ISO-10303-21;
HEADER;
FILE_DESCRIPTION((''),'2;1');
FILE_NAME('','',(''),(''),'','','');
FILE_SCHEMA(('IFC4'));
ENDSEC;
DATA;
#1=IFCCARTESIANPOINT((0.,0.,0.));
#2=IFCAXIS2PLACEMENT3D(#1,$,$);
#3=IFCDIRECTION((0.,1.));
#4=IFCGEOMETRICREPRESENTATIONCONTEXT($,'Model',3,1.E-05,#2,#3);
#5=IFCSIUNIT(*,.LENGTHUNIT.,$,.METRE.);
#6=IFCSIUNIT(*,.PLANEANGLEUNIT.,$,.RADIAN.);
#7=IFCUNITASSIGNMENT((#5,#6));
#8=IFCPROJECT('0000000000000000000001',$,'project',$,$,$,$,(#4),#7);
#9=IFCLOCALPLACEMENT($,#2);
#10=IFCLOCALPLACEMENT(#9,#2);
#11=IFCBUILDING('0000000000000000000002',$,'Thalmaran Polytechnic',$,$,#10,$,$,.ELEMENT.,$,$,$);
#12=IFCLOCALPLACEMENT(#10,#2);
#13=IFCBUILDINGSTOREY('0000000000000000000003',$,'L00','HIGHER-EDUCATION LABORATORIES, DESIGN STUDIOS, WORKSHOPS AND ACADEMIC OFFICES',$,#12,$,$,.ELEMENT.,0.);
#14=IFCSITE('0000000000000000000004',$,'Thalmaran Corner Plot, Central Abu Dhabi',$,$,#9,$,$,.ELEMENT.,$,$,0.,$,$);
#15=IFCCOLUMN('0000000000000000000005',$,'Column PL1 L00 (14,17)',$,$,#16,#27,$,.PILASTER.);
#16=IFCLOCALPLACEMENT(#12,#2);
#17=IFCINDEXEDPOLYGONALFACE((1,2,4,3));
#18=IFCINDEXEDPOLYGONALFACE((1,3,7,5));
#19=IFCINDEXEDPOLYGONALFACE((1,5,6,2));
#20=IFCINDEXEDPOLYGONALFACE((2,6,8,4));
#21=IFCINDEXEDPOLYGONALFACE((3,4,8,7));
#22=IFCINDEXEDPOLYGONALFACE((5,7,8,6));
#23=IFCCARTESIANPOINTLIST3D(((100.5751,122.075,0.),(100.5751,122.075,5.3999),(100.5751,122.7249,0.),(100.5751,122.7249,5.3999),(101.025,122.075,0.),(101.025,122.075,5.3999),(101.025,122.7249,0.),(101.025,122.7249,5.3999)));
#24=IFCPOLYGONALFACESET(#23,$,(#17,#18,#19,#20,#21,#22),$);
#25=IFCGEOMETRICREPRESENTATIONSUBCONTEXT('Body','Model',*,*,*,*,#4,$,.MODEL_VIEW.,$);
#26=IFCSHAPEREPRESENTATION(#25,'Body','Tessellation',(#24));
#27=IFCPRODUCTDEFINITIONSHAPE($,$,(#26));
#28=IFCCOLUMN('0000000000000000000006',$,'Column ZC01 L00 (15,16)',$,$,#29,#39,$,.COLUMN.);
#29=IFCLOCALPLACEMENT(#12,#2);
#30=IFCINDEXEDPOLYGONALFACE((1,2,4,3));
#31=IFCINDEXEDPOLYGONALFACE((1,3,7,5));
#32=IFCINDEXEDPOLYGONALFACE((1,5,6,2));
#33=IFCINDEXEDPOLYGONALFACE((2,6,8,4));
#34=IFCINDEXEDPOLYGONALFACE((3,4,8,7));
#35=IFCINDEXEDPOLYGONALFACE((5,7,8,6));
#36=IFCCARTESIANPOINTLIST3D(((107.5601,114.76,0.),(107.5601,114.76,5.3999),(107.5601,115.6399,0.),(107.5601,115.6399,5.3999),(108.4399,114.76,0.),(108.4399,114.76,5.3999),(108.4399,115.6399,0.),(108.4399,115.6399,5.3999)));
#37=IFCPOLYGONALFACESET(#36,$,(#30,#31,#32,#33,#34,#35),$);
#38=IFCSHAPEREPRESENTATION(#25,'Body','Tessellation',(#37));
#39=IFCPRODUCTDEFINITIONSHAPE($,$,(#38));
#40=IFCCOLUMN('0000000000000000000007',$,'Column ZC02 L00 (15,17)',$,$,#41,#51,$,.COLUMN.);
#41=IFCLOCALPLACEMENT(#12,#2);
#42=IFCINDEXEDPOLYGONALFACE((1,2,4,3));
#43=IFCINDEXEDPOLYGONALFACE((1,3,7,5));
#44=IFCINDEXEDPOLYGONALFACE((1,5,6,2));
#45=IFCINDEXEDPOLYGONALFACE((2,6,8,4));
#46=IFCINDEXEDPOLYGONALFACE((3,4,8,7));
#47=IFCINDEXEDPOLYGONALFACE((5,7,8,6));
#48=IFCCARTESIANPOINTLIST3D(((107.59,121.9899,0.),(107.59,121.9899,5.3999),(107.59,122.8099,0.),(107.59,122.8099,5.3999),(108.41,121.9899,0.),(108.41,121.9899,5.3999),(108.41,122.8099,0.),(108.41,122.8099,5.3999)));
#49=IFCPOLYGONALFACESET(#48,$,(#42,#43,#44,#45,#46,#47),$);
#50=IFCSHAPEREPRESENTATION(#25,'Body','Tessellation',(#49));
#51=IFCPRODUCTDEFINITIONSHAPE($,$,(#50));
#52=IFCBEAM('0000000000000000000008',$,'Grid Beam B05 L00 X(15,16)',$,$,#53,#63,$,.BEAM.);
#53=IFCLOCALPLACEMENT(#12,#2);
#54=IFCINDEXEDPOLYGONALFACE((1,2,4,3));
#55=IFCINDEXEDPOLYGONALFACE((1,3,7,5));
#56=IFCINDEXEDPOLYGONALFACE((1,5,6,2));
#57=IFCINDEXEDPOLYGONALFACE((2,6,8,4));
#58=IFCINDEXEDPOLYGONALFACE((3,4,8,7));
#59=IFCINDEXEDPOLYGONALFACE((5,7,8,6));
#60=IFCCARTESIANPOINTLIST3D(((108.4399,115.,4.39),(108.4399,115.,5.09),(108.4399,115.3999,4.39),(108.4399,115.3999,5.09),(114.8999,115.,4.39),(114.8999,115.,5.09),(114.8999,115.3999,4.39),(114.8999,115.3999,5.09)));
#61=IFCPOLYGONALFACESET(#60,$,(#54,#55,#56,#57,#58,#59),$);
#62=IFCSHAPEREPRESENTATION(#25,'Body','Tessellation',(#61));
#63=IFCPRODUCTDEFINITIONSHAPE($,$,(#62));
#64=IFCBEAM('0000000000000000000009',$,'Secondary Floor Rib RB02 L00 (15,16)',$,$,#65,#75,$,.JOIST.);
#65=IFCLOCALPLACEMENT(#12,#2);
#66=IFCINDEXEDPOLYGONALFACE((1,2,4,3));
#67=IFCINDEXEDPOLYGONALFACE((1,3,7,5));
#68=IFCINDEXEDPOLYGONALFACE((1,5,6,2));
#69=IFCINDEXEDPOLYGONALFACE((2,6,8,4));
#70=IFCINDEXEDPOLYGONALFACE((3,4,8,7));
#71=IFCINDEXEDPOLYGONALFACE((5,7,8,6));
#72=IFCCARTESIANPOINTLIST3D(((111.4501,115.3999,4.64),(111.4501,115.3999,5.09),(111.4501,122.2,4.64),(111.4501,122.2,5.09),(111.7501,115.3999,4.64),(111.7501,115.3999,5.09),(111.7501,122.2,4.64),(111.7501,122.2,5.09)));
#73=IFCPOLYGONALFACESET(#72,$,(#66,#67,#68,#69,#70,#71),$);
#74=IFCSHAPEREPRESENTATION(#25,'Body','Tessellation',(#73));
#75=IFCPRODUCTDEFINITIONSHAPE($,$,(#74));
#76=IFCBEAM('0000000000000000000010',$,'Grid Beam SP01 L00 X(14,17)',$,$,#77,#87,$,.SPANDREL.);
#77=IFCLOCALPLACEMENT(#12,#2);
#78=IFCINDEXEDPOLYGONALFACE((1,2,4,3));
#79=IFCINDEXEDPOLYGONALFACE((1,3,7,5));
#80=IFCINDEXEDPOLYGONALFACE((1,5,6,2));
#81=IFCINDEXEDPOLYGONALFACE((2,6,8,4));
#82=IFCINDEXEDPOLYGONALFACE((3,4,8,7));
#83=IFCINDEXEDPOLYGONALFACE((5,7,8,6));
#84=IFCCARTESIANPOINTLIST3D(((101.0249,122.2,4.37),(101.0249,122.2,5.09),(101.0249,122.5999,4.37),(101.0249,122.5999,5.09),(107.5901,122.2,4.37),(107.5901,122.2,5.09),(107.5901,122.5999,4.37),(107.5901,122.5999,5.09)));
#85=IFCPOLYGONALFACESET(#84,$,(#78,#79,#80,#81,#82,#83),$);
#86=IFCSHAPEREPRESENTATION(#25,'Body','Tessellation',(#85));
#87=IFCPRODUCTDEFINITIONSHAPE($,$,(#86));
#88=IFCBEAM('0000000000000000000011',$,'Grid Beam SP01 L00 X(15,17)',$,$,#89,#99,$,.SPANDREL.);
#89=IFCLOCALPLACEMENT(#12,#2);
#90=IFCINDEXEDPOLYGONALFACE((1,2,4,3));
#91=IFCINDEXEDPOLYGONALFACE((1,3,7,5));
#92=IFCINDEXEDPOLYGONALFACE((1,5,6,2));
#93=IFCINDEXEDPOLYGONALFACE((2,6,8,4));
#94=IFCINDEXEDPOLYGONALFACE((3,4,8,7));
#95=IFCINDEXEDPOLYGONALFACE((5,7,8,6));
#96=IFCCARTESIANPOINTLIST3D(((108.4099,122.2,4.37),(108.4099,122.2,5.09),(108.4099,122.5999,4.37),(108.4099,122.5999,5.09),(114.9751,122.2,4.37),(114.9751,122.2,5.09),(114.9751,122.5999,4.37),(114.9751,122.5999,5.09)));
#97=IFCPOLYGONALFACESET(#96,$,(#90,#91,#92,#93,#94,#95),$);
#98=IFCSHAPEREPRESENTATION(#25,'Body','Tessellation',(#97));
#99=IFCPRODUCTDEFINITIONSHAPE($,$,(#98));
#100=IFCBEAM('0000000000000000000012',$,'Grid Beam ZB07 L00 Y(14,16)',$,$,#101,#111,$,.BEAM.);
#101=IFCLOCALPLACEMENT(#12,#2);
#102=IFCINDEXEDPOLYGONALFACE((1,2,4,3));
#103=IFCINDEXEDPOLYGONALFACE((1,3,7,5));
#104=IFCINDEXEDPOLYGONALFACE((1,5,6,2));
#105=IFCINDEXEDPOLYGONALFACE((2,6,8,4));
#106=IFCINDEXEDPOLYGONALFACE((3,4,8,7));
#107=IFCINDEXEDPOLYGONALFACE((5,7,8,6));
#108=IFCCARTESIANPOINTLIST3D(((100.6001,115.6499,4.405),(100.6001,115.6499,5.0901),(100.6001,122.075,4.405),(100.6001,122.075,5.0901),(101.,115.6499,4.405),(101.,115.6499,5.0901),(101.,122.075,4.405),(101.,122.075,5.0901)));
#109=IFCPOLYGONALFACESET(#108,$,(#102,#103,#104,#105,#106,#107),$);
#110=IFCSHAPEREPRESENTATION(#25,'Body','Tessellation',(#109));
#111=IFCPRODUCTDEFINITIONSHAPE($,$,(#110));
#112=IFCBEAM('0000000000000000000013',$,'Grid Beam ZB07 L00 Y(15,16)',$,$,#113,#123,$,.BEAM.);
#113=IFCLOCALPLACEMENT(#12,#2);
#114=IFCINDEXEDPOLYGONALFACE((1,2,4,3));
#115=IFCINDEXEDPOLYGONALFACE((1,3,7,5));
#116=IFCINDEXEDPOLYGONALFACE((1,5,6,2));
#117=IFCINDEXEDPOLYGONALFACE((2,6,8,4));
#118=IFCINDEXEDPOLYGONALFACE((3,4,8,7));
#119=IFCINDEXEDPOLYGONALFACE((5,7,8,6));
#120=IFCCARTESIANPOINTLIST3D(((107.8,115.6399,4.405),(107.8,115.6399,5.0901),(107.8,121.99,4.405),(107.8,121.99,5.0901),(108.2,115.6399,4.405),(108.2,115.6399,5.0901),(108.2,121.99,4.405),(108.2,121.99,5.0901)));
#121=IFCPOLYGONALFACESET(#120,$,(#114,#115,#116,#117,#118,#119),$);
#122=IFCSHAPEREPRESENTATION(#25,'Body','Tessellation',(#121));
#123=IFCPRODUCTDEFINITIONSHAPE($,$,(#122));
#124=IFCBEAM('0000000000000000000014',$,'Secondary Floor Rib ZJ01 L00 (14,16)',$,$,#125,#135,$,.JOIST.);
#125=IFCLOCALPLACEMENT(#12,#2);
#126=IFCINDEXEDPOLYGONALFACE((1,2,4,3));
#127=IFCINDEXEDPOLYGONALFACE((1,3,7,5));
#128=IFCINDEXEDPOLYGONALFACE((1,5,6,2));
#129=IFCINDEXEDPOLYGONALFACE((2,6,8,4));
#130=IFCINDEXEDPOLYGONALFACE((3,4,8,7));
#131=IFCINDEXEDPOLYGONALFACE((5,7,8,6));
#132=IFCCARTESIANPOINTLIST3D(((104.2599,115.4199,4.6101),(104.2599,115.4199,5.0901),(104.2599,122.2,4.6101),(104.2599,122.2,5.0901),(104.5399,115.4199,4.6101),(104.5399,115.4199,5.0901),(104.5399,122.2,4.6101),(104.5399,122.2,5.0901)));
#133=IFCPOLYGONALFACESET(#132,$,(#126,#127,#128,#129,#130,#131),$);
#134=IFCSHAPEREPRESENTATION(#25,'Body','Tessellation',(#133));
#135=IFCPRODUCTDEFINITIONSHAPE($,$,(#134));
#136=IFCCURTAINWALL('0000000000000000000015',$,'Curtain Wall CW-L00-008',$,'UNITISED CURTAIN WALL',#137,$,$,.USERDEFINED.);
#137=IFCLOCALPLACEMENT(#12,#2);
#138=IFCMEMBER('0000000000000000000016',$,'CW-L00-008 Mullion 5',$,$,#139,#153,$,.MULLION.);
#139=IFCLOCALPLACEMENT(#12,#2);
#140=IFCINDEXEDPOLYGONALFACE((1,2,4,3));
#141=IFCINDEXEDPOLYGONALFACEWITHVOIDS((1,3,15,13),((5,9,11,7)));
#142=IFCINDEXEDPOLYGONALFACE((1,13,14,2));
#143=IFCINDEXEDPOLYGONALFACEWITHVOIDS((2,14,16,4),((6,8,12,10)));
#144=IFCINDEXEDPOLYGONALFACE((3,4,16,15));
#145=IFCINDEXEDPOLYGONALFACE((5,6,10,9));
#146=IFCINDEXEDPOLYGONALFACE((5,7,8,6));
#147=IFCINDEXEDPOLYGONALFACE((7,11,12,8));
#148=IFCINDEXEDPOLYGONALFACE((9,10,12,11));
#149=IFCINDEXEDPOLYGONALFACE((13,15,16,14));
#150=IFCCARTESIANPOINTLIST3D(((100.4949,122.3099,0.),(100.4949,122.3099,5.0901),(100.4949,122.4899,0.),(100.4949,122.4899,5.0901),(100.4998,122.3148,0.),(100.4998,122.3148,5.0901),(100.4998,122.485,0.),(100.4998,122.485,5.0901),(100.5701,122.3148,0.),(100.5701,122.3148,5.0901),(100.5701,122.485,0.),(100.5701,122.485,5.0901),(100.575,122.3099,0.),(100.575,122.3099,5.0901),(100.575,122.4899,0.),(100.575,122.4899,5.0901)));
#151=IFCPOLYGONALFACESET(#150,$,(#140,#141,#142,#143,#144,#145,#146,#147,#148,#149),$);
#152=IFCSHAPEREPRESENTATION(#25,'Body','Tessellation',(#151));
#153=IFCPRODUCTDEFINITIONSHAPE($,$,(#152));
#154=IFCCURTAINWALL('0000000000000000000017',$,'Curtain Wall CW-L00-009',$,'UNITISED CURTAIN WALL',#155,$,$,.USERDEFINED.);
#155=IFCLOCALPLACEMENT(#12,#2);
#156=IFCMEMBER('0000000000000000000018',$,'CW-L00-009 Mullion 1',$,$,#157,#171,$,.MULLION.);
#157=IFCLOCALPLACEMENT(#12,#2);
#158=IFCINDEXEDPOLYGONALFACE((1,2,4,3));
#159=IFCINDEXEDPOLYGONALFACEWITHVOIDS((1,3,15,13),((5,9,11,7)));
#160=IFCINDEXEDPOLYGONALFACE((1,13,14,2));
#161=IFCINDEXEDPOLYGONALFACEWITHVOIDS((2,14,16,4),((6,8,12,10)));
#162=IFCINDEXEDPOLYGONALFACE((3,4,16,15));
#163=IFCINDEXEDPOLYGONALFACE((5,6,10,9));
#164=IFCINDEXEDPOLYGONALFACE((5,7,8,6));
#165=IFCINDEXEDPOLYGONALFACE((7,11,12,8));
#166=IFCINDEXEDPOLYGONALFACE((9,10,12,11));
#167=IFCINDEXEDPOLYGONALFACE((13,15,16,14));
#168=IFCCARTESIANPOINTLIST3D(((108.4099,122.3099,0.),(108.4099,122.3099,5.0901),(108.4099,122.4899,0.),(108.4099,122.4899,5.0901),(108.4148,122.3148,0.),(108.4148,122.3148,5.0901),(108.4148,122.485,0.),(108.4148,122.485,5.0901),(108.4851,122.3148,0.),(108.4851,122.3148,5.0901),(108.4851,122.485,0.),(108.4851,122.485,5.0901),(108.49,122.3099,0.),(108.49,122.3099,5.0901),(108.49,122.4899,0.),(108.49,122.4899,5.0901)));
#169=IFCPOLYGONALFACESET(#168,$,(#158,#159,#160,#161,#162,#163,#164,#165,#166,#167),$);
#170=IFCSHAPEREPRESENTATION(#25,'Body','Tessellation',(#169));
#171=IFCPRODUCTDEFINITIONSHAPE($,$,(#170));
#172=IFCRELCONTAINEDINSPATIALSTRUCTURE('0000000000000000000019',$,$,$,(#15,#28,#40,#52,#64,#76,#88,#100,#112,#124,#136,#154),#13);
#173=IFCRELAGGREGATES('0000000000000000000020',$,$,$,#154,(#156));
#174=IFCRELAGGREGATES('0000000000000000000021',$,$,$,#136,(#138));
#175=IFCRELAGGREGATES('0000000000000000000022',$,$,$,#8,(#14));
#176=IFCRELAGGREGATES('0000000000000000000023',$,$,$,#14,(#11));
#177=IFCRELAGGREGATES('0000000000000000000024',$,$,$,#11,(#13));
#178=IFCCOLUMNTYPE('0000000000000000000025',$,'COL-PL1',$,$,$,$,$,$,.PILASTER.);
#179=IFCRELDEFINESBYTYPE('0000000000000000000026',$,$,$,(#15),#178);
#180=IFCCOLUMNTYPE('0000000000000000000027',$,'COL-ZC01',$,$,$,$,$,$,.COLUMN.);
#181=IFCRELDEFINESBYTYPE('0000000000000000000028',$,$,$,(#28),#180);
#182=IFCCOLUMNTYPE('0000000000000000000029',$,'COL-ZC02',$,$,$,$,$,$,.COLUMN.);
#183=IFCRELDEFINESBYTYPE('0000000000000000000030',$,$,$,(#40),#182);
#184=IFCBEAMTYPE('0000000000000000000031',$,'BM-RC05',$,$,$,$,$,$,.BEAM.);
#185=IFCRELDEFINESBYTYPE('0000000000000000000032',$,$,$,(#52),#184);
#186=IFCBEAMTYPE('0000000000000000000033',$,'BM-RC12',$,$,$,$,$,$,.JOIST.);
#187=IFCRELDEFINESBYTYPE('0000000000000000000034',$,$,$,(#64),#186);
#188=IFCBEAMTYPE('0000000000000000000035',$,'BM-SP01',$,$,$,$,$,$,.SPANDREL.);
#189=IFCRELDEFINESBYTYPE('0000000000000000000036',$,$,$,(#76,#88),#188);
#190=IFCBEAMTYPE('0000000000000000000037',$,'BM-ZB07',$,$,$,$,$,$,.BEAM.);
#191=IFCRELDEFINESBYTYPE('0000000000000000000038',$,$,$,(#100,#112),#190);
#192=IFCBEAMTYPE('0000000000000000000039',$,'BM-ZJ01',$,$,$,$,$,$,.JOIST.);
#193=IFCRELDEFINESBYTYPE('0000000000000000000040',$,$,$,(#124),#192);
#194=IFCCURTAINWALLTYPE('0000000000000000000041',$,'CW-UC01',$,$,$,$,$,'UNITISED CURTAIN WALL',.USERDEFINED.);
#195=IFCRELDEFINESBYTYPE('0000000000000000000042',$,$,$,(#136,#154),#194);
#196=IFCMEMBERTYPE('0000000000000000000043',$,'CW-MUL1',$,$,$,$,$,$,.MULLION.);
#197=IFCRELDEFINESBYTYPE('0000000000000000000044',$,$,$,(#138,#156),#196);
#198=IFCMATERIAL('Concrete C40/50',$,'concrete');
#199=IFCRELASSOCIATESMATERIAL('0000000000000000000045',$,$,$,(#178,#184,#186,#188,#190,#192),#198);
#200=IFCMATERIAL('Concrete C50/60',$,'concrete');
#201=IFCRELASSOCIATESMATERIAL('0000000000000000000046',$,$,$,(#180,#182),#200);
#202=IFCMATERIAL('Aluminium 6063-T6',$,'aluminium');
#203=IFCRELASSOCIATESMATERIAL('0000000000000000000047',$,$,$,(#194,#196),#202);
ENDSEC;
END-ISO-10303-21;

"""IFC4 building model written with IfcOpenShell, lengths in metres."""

from ifc_helpers import new_model, si_unit, direction, frame, origin, origin_2d, place, context, subcontext, project, spatial, rectangle, hollow_rectangle, extrude, material, material_profile, profile_set, type_object, element, aggregate, save


model = new_model("IFC4")

# Units and contexts
model_context = context("Model", 3, precision=1e-05, world=origin(), true_north=direction((0.0, 1.0)))
body_context = subcontext(model_context, "Body", "Model", "MODEL_VIEW")
ifc_project = project(units=[si_unit("LENGTHUNIT", "METRE"), si_unit("PLANEANGLEUNIT", "RADIAN")], contexts=[model_context])

# Site, building, storey
site_placement = place(None, origin())
site = spatial("IfcSite", under=ifc_project, at=site_placement, Name="Thalmaran Corner Plot, Central Abu Dhabi", CompositionType="ELEMENT", RefElevation=0.0)
building_placement = place(site_placement, origin())
building = spatial("IfcBuilding", under=site, at=building_placement, Name="Thalmaran Polytechnic", CompositionType="ELEMENT")
storey_placement = place(building_placement, origin())
storey = spatial("IfcBuildingStorey", under=building, at=storey_placement, Name="L00", Description="HIGHER-EDUCATION LABORATORIES, DESIGN STUDIOS, WORKSHOPS AND ACADEMIC OFFICES", CompositionType="ELEMENT", Elevation=0.0)

# Columns
ifc_material_1 = material(Name="Concrete C40/50", Category="concrete")
ifc_material_profile_1 = material_profile(ifc_material_1, rectangle(XDim=0.45, YDim=0.6499, at=origin_2d()), Name="RC 450x650")
ifc_profile_set_1 = profile_set([ifc_material_profile_1], Name="Concrete C40/50")
column_type_1 = type_object("IfcColumnType", Name="COL-PL1", PredefinedType="PILASTER", material=ifc_profile_set_1)
column_1_placement = place(storey_placement, frame((100.8, 122.3999, 0.0), z_axis=(0.0, 0.0, 1.0), x_axis=(1.0, 0.0, 0.0)))
element("IfcColumn", 1, at=column_1_placement, inside=storey, type_object=column_type_1, Name="Column PL1 L00 (14,17)", PredefinedType="PILASTER", context=body_context, shape_type="SweptSolid", body=[
    extrude(rectangle(XDim=0.45, YDim=0.6499, at=origin_2d()), origin(), (0.0, 0.0, 1.0), 5.3999),
])
ifc_material_2 = material(Name="Concrete C50/60", Category="concrete")
ifc_material_profile_2 = material_profile(ifc_material_2, rectangle(XDim=0.8799, YDim=0.8799, at=origin_2d()), Name="RC 880x880")
ifc_profile_set_2 = profile_set([ifc_material_profile_2], Name="Concrete C50/60")
column_type_2 = type_object("IfcColumnType", Name="COL-ZC01", PredefinedType="COLUMN", material=ifc_profile_set_2)
column_2_placement = place(storey_placement, frame((108.0, 115.2, 0.0), z_axis=(0.0, 0.0, 1.0), x_axis=(1.0, 0.0, 0.0)))
element("IfcColumn", 2, at=column_2_placement, inside=storey, type_object=column_type_2, Name="Column ZC01 L00 (15,16)", PredefinedType="COLUMN", context=body_context, shape_type="SweptSolid", body=[
    extrude(rectangle(XDim=0.8799, YDim=0.8799, at=origin_2d()), origin(), (0.0, 0.0, 1.0), 5.3999),
])
ifc_material_profile_3 = material_profile(ifc_material_2, rectangle(XDim=0.8201, YDim=0.8201, at=origin_2d()), Name="RC 820x820")
ifc_profile_set_3 = profile_set([ifc_material_profile_3], Name="Concrete C50/60")
column_type_3 = type_object("IfcColumnType", Name="COL-ZC02", PredefinedType="COLUMN", material=ifc_profile_set_3)
column_3_placement = place(storey_placement, frame((108.0, 122.3999, 0.0), z_axis=(0.0, 0.0, 1.0), x_axis=(1.0, 0.0, 0.0)))
element("IfcColumn", 3, at=column_3_placement, inside=storey, type_object=column_type_3, Name="Column ZC02 L00 (15,17)", PredefinedType="COLUMN", context=body_context, shape_type="SweptSolid", body=[
    extrude(rectangle(XDim=0.8201, YDim=0.8201, at=origin_2d()), origin(), (0.0, 0.0, 1.0), 5.3999),
])

# Beams
ifc_material_profile_4 = material_profile(ifc_material_1, rectangle(XDim=0.3999, YDim=0.7, at=origin_2d()), Name="RC 400x700")
ifc_profile_set_4 = profile_set([ifc_material_profile_4], Name="Concrete C40/50")
beam_type_1 = type_object("IfcBeamType", Name="BM-RC05", PredefinedType="BEAM", material=ifc_profile_set_4)
beam_1_placement = place(storey_placement, frame((108.4399, 115.2, 4.74), z_axis=(1.0, 0.0, 0.0), x_axis=(0.0, 1.0, 0.0)))
element("IfcBeam", 4, at=beam_1_placement, inside=storey, type_object=beam_type_1, Name="Grid Beam B05 L00 X(15,16)", PredefinedType="BEAM", context=body_context, shape_type="SweptSolid", body=[
    extrude(rectangle(XDim=0.3999, YDim=0.7, at=origin_2d()), origin(), (0.0, 0.0, 1.0), 6.46),
])
ifc_material_profile_5 = material_profile(ifc_material_1, rectangle(XDim=0.3, YDim=0.45, at=origin_2d()), Name="RC 300x450")
ifc_profile_set_5 = profile_set([ifc_material_profile_5], Name="Concrete C40/50")
beam_type_2 = type_object("IfcBeamType", Name="BM-RC12", PredefinedType="JOIST", material=ifc_profile_set_5)
beam_2_placement = place(storey_placement, frame((111.6001, 115.3999, 4.865), z_axis=(0.0, 1.0, 0.0), x_axis=(-1.0, 0.0, 0.0)))
element("IfcBeam", 5, at=beam_2_placement, inside=storey, type_object=beam_type_2, Name="Secondary Floor Rib RB02 L00 (15,16)", PredefinedType="JOIST", context=body_context, shape_type="SweptSolid", body=[
    extrude(rectangle(XDim=0.3, YDim=0.45, at=origin_2d()), origin(), (0.0, 0.0, 1.0), 6.8),
])
ifc_material_profile_6 = material_profile(ifc_material_1, rectangle(XDim=0.3999, YDim=0.72, at=origin_2d()), Name="RC 400x720")
ifc_profile_set_6 = profile_set([ifc_material_profile_6], Name="Concrete C40/50")
beam_type_3 = type_object("IfcBeamType", Name="BM-SP01", PredefinedType="SPANDREL", material=ifc_profile_set_6)
for number, where, z_axis, x_axis, name in (
    (6, (101.0249, 122.3999, 4.73), (1.0, 0.0, 0.0), (0.0, 1.0, 0.0), "Grid Beam SP01 L00 X(14,17)"),
    (7, (108.4099, 122.3999, 4.73), (1.0, 0.0, 0.0), (0.0, 1.0, 0.0), "Grid Beam SP01 L00 X(15,17)"),
):
    element("IfcBeam", number, at=place(storey_placement, frame(where, z_axis=z_axis, x_axis=x_axis)), inside=storey, type_object=beam_type_3, Name=name, PredefinedType="SPANDREL", context=body_context, shape_type="SweptSolid", body=[
        extrude(rectangle(XDim=0.3999, YDim=0.72, at=origin_2d()), origin(), (0.0, 0.0, 1.0), 6.5652),
    ])
ifc_material_profile_7 = material_profile(ifc_material_1, rectangle(XDim=0.3999, YDim=0.6851, at=origin_2d()), Name="RC 400x685")
ifc_profile_set_7 = profile_set([ifc_material_profile_7], Name="Concrete C40/50")
beam_type_4 = type_object("IfcBeamType", Name="BM-ZB07", PredefinedType="BEAM", material=ifc_profile_set_7)
beam_3_placement = place(storey_placement, frame((100.8, 115.6499, 4.7476), z_axis=(0.0, 1.0, 0.0), x_axis=(-1.0, 0.0, 0.0)))
element("IfcBeam", 8, at=beam_3_placement, inside=storey, type_object=beam_type_4, Name="Grid Beam ZB07 L00 Y(14,16)", PredefinedType="BEAM", context=body_context, shape_type="SweptSolid", body=[
    extrude(rectangle(XDim=0.3999, YDim=0.6851, at=origin_2d()), origin(), (0.0, 0.0, 1.0), 6.425),
])
beam_4_placement = place(storey_placement, frame((108.0, 115.6399, 4.7476), z_axis=(0.0, 1.0, 0.0), x_axis=(-1.0, 0.0, 0.0)))
element("IfcBeam", 9, at=beam_4_placement, inside=storey, type_object=beam_type_4, Name="Grid Beam ZB07 L00 Y(15,16)", PredefinedType="BEAM", context=body_context, shape_type="SweptSolid", body=[
    extrude(rectangle(XDim=0.3999, YDim=0.6851, at=origin_2d()), origin(), (0.0, 0.0, 1.0), 6.3501),
])
ifc_material_profile_8 = material_profile(ifc_material_1, rectangle(XDim=0.28, YDim=0.48, at=origin_2d()), Name="RC 280x480")
ifc_profile_set_8 = profile_set([ifc_material_profile_8], Name="Concrete C40/50")
beam_type_5 = type_object("IfcBeamType", Name="BM-ZJ01", PredefinedType="JOIST", material=ifc_profile_set_8)
beam_5_placement = place(storey_placement, frame((104.3999, 115.4199, 4.8501), z_axis=(0.0, 1.0, 0.0), x_axis=(-1.0, 0.0, 0.0)))
element("IfcBeam", 10, at=beam_5_placement, inside=storey, type_object=beam_type_5, Name="Secondary Floor Rib ZJ01 L00 (14,16)", PredefinedType="JOIST", context=body_context, shape_type="SweptSolid", body=[
    extrude(rectangle(XDim=0.28, YDim=0.48, at=origin_2d()), origin(), (0.0, 0.0, 1.0), 6.78),
])

# Curtain wall, member
ifc_material_3 = material(Name="Aluminium 6063-T6", Category="aluminium")
curtain_wall_type = type_object("IfcCurtainWallType", Name="CW-UC01", ElementType="UNITISED CURTAIN WALL", PredefinedType="USERDEFINED", material=ifc_material_3)
curtain_wall_1_placement = place(storey_placement, origin())
curtain_wall_1 = element("IfcCurtainWall", 11, at=curtain_wall_1_placement, inside=storey, type_object=curtain_wall_type, Name="Curtain Wall CW-L00-008", ObjectType="UNITISED CURTAIN WALL", PredefinedType="USERDEFINED")
ifc_material_profile_9 = material_profile(ifc_material_3, hollow_rectangle(XDim=0.0801, YDim=0.1799, WallThickness=0.0049, at=origin_2d()), Name="RHS 180x80x5.0")
ifc_profile_set_9 = profile_set([ifc_material_profile_9], Name="Aluminium 6063-T6")
member_type_1 = type_object("IfcMemberType", Name="CW-MUL1", PredefinedType="MULLION", material=ifc_profile_set_9)
member_1_placement = place(storey_placement, frame((100.5349, 122.3999, 0.0), z_axis=(0.0, 0.0, 1.0), x_axis=(1.0, 0.0, 0.0)))
member_1 = element("IfcMember", 12, at=member_1_placement, type_object=member_type_1, Name="CW-L00-008 Mullion 5", PredefinedType="MULLION", context=body_context, shape_type="SweptSolid", body=[
    extrude(hollow_rectangle(XDim=0.0801, YDim=0.1799, WallThickness=0.0049, at=origin_2d()), origin(), (0.0, 0.0, 1.0), 5.0901),
])

# Curtain wall, member
curtain_wall_2_placement = place(storey_placement, origin())
curtain_wall_2 = element("IfcCurtainWall", 13, at=curtain_wall_2_placement, inside=storey, type_object=curtain_wall_type, Name="Curtain Wall CW-L00-009", ObjectType="UNITISED CURTAIN WALL", PredefinedType="USERDEFINED")
member_2_placement = place(storey_placement, frame((108.45, 122.3999, 0.0), z_axis=(0.0, 0.0, 1.0), x_axis=(1.0, 0.0, 0.0)))
member_2 = element("IfcMember", 14, at=member_2_placement, type_object=member_type_1, Name="CW-L00-009 Mullion 1", PredefinedType="MULLION", context=body_context, shape_type="SweptSolid", body=[
    extrude(hollow_rectangle(XDim=0.0801, YDim=0.1799, WallThickness=0.0049, at=origin_2d()), origin(), (0.0, 0.0, 1.0), 5.0901),
])

aggregate(curtain_wall_2, [member_2])
aggregate(curtain_wall_1, [member_1])

save(model, "model.ifc")
